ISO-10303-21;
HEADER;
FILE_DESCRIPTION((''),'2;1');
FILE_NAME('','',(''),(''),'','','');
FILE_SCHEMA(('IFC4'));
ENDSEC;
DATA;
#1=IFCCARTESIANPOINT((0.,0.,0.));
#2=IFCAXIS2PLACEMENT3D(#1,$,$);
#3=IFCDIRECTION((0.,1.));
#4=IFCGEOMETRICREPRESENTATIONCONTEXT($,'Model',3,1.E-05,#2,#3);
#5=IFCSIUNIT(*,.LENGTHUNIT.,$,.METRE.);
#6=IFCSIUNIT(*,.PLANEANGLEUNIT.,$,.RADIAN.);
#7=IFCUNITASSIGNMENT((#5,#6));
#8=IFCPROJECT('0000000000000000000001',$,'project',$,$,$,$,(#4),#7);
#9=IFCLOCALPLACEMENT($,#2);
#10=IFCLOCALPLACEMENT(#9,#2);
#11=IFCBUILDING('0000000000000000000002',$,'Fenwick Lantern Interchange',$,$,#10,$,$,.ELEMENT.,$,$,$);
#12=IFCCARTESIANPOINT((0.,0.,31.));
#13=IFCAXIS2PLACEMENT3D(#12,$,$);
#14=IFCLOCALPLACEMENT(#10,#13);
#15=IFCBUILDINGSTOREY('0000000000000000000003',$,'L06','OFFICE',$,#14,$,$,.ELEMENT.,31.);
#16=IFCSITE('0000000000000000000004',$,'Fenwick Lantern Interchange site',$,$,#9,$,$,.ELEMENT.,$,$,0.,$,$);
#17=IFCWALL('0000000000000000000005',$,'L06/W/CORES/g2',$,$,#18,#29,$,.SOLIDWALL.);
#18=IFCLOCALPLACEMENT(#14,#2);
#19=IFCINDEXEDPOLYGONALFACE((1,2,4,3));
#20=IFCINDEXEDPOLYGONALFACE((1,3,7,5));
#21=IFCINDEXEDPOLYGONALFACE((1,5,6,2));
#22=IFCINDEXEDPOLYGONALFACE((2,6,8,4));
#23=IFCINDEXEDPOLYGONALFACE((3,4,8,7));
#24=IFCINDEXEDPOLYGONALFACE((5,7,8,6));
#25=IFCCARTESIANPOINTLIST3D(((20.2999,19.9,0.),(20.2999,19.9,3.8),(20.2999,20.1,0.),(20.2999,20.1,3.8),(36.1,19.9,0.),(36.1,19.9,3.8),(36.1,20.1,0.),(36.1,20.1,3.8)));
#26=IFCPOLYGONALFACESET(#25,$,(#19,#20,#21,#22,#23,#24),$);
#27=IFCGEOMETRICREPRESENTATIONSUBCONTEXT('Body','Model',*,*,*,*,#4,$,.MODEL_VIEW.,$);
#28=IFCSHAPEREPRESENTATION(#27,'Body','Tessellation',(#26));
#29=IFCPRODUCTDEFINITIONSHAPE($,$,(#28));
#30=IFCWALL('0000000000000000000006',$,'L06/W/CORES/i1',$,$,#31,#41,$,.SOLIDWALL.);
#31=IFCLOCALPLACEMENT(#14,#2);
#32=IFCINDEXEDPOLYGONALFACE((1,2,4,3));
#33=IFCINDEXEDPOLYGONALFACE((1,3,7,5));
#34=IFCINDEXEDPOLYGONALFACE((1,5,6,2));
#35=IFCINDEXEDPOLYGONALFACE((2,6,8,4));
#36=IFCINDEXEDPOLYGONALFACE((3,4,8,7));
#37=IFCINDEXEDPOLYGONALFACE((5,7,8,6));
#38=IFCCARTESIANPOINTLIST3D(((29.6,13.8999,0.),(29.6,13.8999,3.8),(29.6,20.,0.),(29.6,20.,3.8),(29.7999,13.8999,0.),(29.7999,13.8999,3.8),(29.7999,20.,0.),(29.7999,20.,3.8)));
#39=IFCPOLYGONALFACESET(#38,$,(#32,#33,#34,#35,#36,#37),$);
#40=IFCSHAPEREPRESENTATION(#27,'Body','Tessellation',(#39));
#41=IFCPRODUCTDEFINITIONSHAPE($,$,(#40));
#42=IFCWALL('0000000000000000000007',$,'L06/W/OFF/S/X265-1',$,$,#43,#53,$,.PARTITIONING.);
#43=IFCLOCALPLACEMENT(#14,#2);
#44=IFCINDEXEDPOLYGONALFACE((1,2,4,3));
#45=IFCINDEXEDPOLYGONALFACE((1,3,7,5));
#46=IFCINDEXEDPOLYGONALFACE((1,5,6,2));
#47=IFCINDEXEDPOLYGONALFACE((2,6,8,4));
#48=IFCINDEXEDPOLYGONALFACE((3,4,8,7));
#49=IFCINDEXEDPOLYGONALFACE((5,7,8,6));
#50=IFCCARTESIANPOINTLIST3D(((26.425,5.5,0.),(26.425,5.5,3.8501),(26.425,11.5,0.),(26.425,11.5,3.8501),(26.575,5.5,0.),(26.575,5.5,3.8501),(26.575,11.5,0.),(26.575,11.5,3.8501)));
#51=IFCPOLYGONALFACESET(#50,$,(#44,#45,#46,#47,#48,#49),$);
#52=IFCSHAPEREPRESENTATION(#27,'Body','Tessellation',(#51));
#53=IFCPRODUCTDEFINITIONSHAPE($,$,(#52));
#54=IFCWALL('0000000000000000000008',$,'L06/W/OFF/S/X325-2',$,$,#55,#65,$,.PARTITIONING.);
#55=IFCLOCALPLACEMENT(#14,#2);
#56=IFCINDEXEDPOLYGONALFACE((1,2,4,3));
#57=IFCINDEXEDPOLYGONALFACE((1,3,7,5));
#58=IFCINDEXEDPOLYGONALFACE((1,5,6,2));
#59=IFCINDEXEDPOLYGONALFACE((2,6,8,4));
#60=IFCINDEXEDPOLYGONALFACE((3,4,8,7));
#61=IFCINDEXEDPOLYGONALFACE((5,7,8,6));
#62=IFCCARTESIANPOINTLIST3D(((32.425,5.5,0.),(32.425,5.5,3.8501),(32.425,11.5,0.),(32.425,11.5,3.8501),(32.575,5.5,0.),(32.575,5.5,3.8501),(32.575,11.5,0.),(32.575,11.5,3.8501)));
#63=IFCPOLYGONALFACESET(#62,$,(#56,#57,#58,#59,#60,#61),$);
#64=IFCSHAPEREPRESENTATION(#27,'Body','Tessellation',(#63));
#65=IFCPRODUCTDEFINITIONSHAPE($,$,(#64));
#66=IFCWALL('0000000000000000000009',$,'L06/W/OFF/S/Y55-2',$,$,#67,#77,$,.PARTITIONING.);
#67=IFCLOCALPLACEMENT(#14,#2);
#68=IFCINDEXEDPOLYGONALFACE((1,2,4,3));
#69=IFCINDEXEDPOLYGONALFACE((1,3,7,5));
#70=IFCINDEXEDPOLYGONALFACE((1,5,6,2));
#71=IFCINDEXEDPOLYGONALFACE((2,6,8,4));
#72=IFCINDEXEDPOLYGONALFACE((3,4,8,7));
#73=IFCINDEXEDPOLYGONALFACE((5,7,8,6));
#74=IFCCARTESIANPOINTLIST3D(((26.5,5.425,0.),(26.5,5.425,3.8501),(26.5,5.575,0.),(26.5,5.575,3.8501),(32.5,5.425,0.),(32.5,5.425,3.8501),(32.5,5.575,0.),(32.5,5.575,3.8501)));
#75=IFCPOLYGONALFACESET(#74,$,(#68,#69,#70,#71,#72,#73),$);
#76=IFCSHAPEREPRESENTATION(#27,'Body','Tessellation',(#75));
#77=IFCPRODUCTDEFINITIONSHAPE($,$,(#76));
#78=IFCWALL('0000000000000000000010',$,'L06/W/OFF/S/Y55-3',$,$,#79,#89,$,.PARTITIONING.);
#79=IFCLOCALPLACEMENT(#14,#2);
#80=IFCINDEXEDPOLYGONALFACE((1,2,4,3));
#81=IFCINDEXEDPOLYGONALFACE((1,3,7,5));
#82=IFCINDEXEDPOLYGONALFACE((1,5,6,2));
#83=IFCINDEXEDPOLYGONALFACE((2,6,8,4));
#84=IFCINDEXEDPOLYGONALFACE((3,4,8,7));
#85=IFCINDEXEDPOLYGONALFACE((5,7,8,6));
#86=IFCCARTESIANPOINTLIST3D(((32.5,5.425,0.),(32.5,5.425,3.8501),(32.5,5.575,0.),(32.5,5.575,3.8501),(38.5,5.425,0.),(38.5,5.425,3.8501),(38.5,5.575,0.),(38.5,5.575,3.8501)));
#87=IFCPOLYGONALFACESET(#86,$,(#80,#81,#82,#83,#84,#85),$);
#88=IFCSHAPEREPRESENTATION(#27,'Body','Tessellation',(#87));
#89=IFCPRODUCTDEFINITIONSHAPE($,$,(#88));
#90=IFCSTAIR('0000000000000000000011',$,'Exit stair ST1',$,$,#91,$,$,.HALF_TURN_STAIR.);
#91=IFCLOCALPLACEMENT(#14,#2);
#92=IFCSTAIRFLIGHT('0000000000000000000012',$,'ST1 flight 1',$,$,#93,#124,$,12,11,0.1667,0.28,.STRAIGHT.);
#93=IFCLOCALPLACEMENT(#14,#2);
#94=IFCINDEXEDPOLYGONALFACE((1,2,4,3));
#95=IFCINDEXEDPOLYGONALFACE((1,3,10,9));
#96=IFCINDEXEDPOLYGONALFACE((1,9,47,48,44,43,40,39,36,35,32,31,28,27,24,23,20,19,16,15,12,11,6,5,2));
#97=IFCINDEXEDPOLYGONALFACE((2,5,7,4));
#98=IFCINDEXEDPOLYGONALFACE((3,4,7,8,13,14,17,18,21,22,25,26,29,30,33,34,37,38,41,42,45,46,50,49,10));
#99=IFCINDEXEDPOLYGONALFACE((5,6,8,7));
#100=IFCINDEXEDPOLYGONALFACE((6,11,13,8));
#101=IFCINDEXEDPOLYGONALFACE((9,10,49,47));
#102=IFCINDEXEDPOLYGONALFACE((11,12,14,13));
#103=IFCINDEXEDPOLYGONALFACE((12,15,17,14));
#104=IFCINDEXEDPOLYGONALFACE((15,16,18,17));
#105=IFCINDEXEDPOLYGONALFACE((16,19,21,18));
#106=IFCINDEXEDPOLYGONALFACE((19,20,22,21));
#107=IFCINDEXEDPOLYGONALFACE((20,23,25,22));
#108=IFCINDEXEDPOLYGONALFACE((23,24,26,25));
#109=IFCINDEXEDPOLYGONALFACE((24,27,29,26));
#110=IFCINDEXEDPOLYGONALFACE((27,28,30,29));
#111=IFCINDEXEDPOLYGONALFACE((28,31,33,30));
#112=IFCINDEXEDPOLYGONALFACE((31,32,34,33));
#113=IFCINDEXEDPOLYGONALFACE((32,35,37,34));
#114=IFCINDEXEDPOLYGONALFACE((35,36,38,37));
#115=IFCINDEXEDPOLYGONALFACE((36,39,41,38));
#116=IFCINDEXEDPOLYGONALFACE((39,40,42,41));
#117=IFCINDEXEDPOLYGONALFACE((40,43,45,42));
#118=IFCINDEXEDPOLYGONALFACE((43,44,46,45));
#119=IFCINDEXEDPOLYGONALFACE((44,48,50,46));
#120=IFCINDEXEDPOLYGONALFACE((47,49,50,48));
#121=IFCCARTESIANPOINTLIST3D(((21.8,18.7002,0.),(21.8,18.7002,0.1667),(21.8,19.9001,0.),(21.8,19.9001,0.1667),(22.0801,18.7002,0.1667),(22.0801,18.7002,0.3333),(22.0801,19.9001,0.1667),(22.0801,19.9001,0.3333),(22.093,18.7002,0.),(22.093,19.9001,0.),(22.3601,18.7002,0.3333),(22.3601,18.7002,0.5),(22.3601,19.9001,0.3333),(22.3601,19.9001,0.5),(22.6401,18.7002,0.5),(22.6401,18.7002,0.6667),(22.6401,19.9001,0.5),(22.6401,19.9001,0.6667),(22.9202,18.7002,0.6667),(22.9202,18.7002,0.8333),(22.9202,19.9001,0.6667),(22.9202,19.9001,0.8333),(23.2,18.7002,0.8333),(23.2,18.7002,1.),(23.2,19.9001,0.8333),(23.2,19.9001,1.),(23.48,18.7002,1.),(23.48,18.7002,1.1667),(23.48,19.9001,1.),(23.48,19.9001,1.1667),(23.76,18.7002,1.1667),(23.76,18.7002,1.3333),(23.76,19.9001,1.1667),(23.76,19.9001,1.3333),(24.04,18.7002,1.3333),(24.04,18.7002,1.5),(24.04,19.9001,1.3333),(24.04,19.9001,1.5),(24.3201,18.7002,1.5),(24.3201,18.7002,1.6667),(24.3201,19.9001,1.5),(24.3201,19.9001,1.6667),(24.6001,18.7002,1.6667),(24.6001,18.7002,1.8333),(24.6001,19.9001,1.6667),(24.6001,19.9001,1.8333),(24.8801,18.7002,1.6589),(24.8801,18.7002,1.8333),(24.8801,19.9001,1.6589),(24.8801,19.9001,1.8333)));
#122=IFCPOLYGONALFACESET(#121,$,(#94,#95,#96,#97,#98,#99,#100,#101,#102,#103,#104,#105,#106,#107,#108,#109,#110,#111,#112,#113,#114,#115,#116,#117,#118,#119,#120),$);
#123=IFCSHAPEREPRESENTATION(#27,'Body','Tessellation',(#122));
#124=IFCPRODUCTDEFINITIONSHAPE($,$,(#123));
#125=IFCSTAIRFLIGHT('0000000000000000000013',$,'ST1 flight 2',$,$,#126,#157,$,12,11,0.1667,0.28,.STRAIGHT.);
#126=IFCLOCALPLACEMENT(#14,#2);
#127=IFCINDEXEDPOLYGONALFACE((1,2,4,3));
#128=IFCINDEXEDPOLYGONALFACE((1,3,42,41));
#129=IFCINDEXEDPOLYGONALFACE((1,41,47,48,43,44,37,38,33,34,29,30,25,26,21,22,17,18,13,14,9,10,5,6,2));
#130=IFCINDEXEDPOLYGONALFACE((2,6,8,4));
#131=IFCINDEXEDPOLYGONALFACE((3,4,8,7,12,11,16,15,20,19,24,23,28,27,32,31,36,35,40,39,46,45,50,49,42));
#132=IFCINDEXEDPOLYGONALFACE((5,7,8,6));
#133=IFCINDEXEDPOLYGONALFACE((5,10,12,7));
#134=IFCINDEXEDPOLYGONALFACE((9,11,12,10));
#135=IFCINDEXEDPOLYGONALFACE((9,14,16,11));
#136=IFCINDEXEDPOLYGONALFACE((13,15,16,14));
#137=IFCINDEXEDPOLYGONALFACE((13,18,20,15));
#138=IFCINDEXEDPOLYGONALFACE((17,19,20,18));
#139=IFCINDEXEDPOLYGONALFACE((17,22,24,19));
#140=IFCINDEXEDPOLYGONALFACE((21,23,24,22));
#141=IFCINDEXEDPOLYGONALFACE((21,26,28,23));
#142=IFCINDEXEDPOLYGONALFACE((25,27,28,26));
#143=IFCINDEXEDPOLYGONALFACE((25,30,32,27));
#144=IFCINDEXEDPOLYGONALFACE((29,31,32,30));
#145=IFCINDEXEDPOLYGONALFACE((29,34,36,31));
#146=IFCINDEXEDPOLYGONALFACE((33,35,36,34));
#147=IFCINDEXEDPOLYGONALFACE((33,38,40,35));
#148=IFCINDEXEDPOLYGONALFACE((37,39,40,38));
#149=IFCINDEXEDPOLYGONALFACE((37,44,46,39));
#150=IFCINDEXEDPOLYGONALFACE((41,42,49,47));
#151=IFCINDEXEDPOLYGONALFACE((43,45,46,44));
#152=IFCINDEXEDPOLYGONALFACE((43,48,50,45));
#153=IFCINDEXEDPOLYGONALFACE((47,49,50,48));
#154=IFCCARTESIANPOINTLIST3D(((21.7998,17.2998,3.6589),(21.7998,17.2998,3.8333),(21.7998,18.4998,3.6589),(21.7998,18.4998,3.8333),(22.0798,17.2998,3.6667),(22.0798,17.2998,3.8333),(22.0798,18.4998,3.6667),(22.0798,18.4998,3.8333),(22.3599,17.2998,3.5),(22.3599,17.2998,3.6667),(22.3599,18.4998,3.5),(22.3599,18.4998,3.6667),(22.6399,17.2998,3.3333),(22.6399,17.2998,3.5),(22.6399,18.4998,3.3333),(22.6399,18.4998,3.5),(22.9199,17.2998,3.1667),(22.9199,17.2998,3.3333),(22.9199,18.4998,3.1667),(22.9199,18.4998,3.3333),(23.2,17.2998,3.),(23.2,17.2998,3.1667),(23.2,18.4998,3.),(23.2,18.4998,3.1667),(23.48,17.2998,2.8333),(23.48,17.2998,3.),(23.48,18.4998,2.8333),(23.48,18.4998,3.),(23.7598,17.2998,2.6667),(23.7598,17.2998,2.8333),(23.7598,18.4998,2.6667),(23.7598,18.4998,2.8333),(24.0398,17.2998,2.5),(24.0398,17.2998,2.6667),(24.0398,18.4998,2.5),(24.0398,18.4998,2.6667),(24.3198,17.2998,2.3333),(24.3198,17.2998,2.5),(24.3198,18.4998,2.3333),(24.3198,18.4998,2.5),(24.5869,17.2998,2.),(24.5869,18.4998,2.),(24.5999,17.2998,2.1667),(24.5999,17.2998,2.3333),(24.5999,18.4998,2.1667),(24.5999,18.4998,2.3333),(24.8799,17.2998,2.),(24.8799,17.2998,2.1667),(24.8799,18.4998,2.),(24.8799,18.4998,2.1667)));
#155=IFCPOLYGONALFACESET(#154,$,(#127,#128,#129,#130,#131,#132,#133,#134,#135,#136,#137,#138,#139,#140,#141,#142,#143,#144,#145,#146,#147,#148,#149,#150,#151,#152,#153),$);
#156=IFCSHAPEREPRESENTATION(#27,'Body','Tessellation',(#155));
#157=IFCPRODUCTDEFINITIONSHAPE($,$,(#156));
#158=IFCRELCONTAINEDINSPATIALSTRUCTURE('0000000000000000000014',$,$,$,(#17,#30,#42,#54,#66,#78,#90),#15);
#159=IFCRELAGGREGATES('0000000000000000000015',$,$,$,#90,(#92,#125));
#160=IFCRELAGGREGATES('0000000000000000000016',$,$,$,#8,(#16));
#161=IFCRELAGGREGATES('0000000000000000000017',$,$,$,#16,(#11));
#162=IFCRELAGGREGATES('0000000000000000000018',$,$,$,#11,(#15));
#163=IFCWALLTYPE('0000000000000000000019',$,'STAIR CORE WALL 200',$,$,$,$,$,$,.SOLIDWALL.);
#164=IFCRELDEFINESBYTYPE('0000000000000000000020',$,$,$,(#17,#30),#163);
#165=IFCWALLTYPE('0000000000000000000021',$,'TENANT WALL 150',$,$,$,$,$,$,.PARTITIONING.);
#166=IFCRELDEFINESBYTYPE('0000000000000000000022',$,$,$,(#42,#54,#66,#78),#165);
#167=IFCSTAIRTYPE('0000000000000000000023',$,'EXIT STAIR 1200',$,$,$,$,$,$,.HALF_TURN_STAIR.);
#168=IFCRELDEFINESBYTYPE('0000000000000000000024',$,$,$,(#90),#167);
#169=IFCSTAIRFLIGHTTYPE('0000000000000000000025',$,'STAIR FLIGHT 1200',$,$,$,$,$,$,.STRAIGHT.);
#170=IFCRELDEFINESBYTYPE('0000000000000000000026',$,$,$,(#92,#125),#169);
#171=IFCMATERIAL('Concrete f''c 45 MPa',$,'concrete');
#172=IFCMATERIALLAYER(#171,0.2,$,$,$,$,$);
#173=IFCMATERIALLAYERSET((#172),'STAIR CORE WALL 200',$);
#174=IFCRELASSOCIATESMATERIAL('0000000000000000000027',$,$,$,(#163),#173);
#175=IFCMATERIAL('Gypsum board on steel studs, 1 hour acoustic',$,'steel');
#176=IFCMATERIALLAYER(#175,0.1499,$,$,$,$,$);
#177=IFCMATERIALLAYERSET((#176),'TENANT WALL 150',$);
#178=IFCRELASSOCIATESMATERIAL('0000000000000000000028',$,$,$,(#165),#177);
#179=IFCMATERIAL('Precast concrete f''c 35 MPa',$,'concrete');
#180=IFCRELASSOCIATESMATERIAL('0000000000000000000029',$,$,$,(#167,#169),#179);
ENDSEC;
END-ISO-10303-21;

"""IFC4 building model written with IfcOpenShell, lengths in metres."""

from ifc_helpers import new_model, si_unit, direction, frame, frame_2d, origin, place, context, subcontext, project, spatial, polyline, rectangle, outline, extrude, material, layer, layer_set, type_object, element, aggregate, save


model = new_model("IFC4")

# Units and contexts
model_context = context("Model", 3, precision=1e-05, world=origin(), true_north=direction((0.0, 1.0)))
body_context = subcontext(model_context, "Body", "Model", "MODEL_VIEW")
ifc_project = project(units=[si_unit("LENGTHUNIT", "METRE"), si_unit("PLANEANGLEUNIT", "RADIAN")], contexts=[model_context])

# Site, building, storey
site_placement = place(None, origin())
site = spatial("IfcSite", under=ifc_project, at=site_placement, Name="Fenwick Lantern Interchange site", CompositionType="ELEMENT", RefElevation=0.0)
building_placement = place(site_placement, origin())
building = spatial("IfcBuilding", under=site, at=building_placement, Name="Fenwick Lantern Interchange", CompositionType="ELEMENT")
storey_placement = place(building_placement, frame((0.0, 0.0, 31.0)))
storey = spatial("IfcBuildingStorey", under=building, at=storey_placement, Name="L06", Description="OFFICE", CompositionType="ELEMENT", Elevation=31.0)

# Shared definitions
ifc_material_1 = material(Name="Concrete f'c 45 MPa", Category="concrete")
ifc_layer_1 = layer(ifc_material_1, 0.2)
ifc_layer_set_1 = layer_set([ifc_layer_1], Name="STAIR CORE WALL 200")
wall_type_1 = type_object("IfcWallType", Name="STAIR CORE WALL 200", PredefinedType="SOLIDWALL", material=ifc_layer_set_1)

# Walls
wall_1_placement = place(storey_placement, frame((20.3, 20.0, 0.0), z_axis=(0.0, 0.0, 1.0), x_axis=(1.0, 0.0, 0.0)))
element("IfcWall", 1, at=wall_1_placement, inside=storey, type_object=wall_type_1, Name="L06/W/CORES/g2", PredefinedType="SOLIDWALL", context=body_context, shape_type="SweptSolid", body=[
    extrude(rectangle(XDim=15.8, YDim=0.2, at=frame_2d((7.8999, 0.0))), origin(), (0.0, 0.0, 1.0), 3.8),
])
wall_2_placement = place(storey_placement, frame((29.7, 13.8999, 0.0), z_axis=(0.0, 0.0, 1.0), x_axis=(0.0, 1.0, 0.0)))
element("IfcWall", 2, at=wall_2_placement, inside=storey, type_object=wall_type_1, Name="L06/W/CORES/i1", PredefinedType="SOLIDWALL", context=body_context, shape_type="SweptSolid", body=[
    extrude(rectangle(XDim=6.1001, YDim=0.2, at=frame_2d((3.05, 0.0))), origin(), (0.0, 0.0, 1.0), 3.8),
])
ifc_material_2 = material(Name="Gypsum board on steel studs, 1 hour acoustic", Category="steel")
ifc_layer_2 = layer(ifc_material_2, 0.1499)
ifc_layer_set_2 = layer_set([ifc_layer_2], Name="TENANT WALL 150")
wall_type_2 = type_object("IfcWallType", Name="TENANT WALL 150", PredefinedType="PARTITIONING", material=ifc_layer_set_2)
for number, where, z_axis, x_axis, name in (
    (3, (26.5, 5.5, 0.0), (0.0, 0.0, 1.0), (0.0, 1.0, 0.0), "L06/W/OFF/S/X265-1"),
    (4, (32.5, 5.5, 0.0), (0.0, 0.0, 1.0), (0.0, 1.0, 0.0), "L06/W/OFF/S/X325-2"),
    (5, (26.5, 5.5, 0.0), (0.0, 0.0, 1.0), (1.0, 0.0, 0.0), "L06/W/OFF/S/Y55-2"),
    (6, (32.5, 5.5, 0.0), (0.0, 0.0, 1.0), (1.0, 0.0, 0.0), "L06/W/OFF/S/Y55-3"),
):
    element("IfcWall", number, at=place(storey_placement, frame(where, z_axis=z_axis, x_axis=x_axis)), inside=storey, type_object=wall_type_2, Name=name, PredefinedType="PARTITIONING", context=body_context, shape_type="SweptSolid", body=[
        extrude(rectangle(XDim=6.0, YDim=0.1499, at=frame_2d((3.0, 0.0))), origin(), (0.0, 0.0, 1.0), 3.8501),
    ])

# Stair, stair flights
ifc_material_3 = material(Name="Precast concrete f'c 35 MPa", Category="concrete")
stair_type = type_object("IfcStairType", Name="EXIT STAIR 1200", PredefinedType="HALF_TURN_STAIR", material=ifc_material_3)
stair_placement = place(storey_placement, origin())
stair = element("IfcStair", 7, at=stair_placement, inside=storey, type_object=stair_type, Name="Exit stair ST1", PredefinedType="HALF_TURN_STAIR")
stair_flight_type = type_object("IfcStairFlightType", Name="STAIR FLIGHT 1200", PredefinedType="STRAIGHT", material=ifc_material_3)
stair_flight_1_placement = place(storey_placement, frame((21.8, 19.3, 0.0), z_axis=(0.0, 0.0, 1.0), x_axis=(1.0, 0.0, 0.0)))
stair_flight_1 = element("IfcStairFlight", 8, at=stair_flight_1_placement, type_object=stair_flight_type, Name="ST1 flight 1", NumberOfRisers=12, NumberOfTreads=11, PredefinedType="STRAIGHT", RiserHeight=0.1667, TreadLength=0.28, context=body_context, shape_type="SweptSolid", body=[
    extrude(outline(polyline([(0.0, 0.0), (0.0, 0.1667), (0.28, 0.1667), (0.28, 0.3333), (0.5601, 0.3333), (0.5601, 0.5), (0.8401, 0.5), (0.8401, 0.6667), (1.1201, 0.6667), (1.1201, 0.8333), (1.3999, 0.8333), (1.3999, 1.0), (1.6799, 1.0), (1.6799, 1.1667), (1.96, 1.1667), (1.96, 1.3333), (2.24, 1.3333), (2.24, 1.5), (2.52, 1.5), (2.52, 1.6667), (2.8, 1.6667), (2.8, 1.8333), (3.0801, 1.8333), (3.0801, 2.0), (3.0801, 1.6589), (0.293, 0.0), (0.0, 0.0)])), frame((0.0, 0.6001, 0.0), z_axis=(0.0, -1.0, 0.0), x_axis=(1.0, 0.0, 0.0)), (0.0, 0.0, 1.0), 1.2),
])
stair_flight_2_placement = place(storey_placement, frame((24.8799, 17.8999, 2.0), z_axis=(0.0, 0.0, 1.0), x_axis=(-1.0, 0.0, 0.0)))
stair_flight_2 = element("IfcStairFlight", 9, at=stair_flight_2_placement, type_object=stair_flight_type, Name="ST1 flight 2", NumberOfRisers=12, NumberOfTreads=11, PredefinedType="STRAIGHT", RiserHeight=0.1667, TreadLength=0.28, context=body_context, shape_type="SweptSolid", body=[
    extrude(outline(polyline([(0.0, 0.0), (0.0, 0.1667), (0.28, 0.1667), (0.28, 0.3333), (0.5601, 0.3333), (0.5601, 0.5), (0.8401, 0.5), (0.8401, 0.6667), (1.1201, 0.6667), (1.1201, 0.8333), (1.3999, 0.8333), (1.3999, 1.0), (1.6799, 1.0), (1.6799, 1.1667), (1.96, 1.1667), (1.96, 1.3333), (2.24, 1.3333), (2.24, 1.5), (2.52, 1.5), (2.52, 1.6667), (2.8, 1.6667), (2.8, 1.8333), (3.0801, 1.8333), (3.0801, 2.0), (3.0801, 1.6589), (0.293, 0.0), (0.0, 0.0)])), frame((0.0, 0.6001, 0.0), z_axis=(0.0, -1.0, 0.0), x_axis=(1.0, 0.0, 0.0)), (0.0, 0.0, 1.0), 1.2),
])
aggregate(stair, [stair_flight_1, stair_flight_2])

save(model, "model.ifc")
